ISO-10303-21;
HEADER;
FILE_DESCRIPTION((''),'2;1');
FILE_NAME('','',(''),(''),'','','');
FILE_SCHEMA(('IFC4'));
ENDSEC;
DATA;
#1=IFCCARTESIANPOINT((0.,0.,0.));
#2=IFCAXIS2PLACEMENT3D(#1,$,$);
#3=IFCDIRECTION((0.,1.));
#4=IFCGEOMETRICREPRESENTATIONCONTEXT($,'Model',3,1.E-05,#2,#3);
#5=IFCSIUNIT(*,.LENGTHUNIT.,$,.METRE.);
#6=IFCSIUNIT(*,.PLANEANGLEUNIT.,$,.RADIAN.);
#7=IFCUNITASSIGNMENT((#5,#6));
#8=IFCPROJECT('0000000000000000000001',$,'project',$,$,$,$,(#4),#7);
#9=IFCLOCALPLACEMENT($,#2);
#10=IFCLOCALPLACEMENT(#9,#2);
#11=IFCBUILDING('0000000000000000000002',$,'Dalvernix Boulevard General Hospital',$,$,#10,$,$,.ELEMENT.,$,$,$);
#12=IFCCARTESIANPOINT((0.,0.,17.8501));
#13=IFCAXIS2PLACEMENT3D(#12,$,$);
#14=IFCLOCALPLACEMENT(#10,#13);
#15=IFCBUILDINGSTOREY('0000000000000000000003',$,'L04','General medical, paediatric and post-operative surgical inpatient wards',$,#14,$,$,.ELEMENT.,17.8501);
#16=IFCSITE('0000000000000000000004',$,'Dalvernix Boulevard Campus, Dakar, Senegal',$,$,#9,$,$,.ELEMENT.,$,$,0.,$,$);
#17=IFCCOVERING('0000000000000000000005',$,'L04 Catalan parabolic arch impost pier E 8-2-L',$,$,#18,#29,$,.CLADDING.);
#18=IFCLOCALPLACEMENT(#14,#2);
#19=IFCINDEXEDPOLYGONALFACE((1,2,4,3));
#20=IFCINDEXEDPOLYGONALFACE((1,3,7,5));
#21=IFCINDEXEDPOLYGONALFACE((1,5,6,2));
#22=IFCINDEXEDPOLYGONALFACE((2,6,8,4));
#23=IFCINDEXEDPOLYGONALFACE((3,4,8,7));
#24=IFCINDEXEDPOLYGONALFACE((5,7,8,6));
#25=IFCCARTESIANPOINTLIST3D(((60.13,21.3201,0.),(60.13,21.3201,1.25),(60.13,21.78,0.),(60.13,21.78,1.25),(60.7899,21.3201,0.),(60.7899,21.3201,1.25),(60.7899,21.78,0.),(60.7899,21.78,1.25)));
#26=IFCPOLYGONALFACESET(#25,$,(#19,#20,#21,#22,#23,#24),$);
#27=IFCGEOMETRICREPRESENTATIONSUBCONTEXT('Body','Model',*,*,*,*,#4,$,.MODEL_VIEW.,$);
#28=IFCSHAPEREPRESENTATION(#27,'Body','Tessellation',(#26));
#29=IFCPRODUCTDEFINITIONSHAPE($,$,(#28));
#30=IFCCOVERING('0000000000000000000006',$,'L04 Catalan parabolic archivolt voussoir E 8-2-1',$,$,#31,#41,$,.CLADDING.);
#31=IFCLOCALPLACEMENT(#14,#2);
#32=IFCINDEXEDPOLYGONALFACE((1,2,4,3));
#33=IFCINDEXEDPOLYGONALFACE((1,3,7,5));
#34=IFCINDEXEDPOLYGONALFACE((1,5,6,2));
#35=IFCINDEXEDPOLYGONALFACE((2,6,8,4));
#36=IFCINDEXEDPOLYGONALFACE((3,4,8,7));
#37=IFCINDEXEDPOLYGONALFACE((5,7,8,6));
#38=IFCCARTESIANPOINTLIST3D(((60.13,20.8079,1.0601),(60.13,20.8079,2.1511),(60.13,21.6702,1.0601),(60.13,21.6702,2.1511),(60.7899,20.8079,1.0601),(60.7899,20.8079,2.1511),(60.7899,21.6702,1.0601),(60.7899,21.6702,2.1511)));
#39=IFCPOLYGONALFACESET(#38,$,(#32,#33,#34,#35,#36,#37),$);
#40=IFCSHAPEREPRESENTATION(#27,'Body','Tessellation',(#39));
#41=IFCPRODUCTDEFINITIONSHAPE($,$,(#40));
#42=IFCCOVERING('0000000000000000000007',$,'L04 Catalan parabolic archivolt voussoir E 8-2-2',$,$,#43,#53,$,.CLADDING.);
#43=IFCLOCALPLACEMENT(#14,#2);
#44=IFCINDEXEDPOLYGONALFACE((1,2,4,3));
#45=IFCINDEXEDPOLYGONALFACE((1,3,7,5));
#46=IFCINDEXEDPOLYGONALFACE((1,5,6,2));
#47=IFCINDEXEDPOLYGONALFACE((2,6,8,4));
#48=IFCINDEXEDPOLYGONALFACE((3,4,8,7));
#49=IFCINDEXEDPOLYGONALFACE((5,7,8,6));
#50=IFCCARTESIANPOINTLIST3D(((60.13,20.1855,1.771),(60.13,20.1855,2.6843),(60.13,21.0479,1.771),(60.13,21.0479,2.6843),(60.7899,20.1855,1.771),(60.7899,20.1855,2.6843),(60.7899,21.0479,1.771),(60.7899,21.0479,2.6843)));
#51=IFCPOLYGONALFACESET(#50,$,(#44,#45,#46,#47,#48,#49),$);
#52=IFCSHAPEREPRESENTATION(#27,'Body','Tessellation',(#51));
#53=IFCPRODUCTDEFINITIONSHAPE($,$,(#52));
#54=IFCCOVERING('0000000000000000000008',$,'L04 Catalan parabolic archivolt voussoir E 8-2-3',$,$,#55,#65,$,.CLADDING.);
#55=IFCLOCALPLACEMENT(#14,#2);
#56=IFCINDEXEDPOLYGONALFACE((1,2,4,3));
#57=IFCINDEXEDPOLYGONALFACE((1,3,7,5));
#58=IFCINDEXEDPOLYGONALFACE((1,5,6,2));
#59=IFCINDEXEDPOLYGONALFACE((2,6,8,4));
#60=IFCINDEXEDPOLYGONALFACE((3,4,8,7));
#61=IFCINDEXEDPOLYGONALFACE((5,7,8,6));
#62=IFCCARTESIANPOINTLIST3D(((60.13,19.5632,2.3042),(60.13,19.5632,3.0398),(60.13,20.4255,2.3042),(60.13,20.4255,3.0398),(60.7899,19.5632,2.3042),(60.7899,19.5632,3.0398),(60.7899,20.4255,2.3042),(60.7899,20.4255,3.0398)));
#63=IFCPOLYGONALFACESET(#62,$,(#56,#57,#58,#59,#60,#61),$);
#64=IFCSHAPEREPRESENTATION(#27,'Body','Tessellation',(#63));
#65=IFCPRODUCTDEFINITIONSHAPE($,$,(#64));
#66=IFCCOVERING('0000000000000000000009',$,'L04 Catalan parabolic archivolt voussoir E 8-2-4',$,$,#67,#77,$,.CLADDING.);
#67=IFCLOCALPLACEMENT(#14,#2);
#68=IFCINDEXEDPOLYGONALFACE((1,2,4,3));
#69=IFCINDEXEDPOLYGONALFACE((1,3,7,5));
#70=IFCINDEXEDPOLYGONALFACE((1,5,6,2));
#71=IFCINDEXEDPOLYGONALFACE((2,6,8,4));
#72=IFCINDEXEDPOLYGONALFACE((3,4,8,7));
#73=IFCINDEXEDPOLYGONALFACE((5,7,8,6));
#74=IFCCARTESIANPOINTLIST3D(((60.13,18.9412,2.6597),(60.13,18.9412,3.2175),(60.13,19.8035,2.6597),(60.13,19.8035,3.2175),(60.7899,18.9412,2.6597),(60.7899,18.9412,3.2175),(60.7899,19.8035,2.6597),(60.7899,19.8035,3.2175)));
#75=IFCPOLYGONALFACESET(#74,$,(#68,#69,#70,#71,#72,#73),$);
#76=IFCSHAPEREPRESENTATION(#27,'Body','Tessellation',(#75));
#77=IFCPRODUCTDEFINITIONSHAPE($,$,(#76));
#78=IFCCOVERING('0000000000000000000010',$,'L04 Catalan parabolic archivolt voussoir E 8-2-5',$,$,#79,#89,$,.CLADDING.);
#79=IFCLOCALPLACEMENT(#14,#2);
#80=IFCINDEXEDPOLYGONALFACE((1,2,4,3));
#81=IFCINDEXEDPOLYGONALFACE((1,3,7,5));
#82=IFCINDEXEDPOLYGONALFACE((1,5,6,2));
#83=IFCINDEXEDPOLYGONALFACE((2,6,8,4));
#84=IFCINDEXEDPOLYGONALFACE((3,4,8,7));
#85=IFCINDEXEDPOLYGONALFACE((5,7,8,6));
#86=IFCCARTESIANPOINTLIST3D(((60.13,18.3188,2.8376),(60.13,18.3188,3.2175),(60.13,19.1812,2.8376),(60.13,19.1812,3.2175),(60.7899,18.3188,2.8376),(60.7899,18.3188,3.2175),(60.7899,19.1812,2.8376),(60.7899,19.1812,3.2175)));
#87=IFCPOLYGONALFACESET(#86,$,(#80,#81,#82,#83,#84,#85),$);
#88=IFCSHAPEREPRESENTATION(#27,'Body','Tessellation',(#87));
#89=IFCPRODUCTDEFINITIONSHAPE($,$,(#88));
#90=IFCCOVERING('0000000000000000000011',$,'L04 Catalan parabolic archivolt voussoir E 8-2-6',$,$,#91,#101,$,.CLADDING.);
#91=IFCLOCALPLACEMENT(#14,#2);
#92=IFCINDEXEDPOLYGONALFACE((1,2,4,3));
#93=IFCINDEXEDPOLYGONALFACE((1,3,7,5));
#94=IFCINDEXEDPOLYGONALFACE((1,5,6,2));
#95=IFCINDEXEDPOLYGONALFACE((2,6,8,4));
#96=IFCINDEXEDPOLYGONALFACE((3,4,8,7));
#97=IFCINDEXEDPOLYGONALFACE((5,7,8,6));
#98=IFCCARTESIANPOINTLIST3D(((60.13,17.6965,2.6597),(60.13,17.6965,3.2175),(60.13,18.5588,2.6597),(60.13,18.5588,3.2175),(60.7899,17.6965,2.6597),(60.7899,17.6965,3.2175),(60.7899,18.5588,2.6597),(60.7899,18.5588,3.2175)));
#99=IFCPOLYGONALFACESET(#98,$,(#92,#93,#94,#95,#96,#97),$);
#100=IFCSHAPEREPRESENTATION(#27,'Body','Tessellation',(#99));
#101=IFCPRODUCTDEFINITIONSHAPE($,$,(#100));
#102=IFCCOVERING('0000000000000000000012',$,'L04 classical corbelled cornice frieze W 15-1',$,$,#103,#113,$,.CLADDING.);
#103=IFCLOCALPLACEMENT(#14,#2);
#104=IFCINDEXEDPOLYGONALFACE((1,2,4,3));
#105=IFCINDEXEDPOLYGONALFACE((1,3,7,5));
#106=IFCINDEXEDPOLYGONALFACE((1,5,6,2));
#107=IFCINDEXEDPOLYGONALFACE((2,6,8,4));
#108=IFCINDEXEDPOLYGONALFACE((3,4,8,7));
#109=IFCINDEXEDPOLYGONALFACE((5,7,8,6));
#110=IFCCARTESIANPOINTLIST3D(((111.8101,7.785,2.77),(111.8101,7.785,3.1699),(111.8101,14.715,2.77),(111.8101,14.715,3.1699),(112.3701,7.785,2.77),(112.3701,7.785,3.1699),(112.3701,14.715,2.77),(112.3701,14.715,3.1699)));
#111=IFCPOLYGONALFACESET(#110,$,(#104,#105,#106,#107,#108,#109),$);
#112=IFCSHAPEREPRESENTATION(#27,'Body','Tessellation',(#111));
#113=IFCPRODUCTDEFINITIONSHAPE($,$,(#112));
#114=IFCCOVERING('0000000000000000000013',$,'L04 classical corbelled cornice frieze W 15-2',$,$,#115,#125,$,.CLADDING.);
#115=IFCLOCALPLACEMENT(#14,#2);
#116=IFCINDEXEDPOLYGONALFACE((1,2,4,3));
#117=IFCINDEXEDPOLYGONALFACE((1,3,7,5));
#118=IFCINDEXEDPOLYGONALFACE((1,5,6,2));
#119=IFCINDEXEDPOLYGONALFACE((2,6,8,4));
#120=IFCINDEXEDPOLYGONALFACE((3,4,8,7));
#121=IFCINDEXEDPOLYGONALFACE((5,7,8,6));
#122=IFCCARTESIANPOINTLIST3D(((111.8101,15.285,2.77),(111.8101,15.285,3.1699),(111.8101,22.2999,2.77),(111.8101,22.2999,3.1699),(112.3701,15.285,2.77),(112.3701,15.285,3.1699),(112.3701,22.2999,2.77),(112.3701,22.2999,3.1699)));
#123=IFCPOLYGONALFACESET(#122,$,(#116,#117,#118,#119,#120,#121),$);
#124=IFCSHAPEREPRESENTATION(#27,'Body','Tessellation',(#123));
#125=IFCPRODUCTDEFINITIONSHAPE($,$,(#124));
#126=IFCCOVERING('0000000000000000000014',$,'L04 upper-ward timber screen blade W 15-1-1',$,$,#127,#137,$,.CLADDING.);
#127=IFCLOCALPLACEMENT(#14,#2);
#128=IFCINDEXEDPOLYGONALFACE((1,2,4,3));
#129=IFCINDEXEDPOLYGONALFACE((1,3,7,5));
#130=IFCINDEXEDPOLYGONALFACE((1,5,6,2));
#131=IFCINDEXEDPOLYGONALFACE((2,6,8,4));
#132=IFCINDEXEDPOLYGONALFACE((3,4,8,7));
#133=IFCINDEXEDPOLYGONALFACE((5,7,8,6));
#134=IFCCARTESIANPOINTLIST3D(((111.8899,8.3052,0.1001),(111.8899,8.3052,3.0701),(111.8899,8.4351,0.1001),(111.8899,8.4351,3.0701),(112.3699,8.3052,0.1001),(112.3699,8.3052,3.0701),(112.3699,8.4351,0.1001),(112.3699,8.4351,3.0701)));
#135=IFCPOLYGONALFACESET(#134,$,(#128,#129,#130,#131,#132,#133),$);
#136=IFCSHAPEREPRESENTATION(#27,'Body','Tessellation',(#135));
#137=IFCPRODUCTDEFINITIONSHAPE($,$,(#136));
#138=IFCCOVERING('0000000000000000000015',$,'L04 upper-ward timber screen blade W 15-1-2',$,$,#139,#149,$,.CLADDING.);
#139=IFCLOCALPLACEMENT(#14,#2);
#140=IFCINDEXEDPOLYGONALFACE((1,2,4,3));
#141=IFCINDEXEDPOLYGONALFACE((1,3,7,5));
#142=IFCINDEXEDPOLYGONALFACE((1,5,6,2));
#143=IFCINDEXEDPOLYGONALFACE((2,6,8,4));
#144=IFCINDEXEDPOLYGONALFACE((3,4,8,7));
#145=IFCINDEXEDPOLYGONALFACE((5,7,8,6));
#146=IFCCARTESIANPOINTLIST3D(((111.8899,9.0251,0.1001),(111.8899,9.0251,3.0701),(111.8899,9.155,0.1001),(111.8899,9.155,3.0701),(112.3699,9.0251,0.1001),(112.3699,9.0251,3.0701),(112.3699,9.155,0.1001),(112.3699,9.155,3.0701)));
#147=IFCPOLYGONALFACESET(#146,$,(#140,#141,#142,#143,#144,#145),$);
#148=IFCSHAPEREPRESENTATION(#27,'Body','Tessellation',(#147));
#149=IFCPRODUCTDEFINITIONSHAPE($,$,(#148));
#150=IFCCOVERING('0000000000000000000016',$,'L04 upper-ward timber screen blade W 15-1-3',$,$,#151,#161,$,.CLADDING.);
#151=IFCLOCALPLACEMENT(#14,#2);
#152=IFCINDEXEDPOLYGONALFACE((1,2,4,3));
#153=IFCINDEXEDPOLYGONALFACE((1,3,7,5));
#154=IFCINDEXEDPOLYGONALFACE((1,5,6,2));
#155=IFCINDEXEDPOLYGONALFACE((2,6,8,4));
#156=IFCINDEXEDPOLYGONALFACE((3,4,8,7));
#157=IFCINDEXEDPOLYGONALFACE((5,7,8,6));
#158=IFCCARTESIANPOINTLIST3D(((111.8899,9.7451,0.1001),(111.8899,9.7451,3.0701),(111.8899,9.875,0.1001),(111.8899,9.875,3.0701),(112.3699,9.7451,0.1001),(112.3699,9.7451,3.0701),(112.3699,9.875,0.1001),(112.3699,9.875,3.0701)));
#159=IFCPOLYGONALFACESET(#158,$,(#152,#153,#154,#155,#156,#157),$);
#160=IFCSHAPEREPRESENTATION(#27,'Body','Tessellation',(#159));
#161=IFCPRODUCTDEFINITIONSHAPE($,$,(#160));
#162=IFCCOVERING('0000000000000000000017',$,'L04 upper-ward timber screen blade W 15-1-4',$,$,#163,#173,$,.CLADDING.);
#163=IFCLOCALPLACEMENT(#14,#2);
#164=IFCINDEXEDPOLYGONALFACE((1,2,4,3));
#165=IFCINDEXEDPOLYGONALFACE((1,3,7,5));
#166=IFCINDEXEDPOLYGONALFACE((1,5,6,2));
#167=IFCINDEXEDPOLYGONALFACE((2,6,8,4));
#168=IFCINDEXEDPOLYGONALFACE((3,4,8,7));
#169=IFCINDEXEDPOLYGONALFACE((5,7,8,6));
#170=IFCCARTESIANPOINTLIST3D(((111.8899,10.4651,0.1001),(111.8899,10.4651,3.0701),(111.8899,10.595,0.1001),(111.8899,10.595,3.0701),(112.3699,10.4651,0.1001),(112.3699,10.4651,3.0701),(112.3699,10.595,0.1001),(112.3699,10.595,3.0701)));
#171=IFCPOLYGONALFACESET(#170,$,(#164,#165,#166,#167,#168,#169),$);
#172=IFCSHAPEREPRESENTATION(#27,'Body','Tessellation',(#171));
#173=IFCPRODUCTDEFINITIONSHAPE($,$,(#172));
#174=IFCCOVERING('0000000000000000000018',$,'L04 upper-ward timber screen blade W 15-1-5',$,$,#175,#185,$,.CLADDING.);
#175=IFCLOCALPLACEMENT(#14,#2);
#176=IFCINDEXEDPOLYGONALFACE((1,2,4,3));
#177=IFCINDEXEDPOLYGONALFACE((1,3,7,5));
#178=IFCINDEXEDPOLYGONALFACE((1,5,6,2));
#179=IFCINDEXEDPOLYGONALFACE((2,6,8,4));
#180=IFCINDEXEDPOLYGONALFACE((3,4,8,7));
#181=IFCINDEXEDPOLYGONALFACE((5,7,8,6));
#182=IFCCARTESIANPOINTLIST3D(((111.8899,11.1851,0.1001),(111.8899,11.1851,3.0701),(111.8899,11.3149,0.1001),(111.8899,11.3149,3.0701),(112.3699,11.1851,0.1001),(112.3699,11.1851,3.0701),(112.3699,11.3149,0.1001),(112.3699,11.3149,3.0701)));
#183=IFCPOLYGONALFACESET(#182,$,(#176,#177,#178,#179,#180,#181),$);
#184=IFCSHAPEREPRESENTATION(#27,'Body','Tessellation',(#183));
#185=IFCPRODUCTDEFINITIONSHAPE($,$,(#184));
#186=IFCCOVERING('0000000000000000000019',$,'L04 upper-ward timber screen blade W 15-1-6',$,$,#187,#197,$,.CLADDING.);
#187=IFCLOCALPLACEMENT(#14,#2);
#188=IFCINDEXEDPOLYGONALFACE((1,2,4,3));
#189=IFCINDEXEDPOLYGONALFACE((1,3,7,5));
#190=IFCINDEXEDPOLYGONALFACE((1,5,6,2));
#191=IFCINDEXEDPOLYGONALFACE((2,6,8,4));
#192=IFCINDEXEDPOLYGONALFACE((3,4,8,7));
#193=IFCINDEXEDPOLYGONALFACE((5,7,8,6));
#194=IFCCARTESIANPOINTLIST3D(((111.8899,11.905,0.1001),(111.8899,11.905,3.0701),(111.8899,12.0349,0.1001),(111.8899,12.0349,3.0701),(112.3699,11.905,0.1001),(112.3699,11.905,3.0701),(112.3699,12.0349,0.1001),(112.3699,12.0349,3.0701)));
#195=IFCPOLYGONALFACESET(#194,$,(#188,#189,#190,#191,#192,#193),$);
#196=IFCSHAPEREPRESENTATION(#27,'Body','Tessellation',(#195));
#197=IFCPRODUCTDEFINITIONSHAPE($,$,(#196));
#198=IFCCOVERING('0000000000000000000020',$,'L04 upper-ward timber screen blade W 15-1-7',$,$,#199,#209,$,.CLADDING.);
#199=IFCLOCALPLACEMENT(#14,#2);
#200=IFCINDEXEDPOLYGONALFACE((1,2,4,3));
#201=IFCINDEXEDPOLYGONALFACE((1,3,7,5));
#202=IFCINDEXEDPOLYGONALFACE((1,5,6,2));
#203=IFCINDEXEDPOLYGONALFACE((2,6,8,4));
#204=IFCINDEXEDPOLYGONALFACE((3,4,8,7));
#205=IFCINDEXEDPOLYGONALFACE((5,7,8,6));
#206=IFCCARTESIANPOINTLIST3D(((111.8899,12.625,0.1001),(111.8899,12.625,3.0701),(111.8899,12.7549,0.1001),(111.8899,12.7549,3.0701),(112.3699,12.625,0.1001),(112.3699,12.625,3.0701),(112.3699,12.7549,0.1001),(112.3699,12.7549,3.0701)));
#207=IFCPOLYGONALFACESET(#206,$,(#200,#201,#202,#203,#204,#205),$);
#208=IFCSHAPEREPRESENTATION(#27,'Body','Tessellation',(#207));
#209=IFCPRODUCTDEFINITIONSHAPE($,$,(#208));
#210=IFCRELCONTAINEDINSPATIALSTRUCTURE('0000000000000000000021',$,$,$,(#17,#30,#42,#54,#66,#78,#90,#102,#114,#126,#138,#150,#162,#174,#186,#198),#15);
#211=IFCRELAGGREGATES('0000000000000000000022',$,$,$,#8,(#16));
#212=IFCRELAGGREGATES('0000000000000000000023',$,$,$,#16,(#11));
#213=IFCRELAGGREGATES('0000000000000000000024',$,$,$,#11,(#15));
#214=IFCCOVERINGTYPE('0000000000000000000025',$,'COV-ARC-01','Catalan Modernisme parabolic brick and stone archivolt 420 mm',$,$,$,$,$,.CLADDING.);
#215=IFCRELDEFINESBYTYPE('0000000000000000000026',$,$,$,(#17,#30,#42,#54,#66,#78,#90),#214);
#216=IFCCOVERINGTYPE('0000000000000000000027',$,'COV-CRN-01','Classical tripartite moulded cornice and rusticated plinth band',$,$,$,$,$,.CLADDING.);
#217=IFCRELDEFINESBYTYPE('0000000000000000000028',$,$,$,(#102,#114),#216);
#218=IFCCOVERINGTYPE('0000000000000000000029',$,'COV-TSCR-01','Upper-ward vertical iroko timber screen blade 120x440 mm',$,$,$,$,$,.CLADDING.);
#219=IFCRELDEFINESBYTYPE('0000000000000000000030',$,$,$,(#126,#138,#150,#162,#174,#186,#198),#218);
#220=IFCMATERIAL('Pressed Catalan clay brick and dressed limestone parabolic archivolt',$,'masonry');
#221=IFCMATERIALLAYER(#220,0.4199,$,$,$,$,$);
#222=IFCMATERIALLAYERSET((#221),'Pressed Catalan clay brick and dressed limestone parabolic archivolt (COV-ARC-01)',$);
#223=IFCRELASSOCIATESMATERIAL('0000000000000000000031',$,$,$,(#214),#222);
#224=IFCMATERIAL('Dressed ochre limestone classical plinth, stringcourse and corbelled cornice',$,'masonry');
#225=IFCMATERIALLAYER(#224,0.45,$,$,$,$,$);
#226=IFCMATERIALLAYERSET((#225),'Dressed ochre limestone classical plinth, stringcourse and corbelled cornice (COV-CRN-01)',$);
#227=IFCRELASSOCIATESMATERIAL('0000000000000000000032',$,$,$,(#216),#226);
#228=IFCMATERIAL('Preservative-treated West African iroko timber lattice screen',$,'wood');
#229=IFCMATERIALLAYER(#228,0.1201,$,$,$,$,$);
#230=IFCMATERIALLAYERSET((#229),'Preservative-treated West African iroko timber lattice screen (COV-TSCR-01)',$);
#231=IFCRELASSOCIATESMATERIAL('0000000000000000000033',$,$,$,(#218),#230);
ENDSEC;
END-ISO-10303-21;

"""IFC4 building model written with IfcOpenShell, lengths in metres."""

from ifc_helpers import new_model, si_unit, direction, frame, origin, origin_2d, place, context, subcontext, project, spatial, rectangle, extrude, material, layer, layer_set, type_object, element, save


model = new_model("IFC4")

# Units and contexts
model_context = context("Model", 3, precision=1e-05, world=origin(), true_north=direction((0.0, 1.0)))
body_context = subcontext(model_context, "Body", "Model", "MODEL_VIEW")
ifc_project = project(units=[si_unit("LENGTHUNIT", "METRE"), si_unit("PLANEANGLEUNIT", "RADIAN")], contexts=[model_context])

# Site, building, storey
site_placement = place(None, origin())
site = spatial("IfcSite", under=ifc_project, at=site_placement, Name="Dalvernix Boulevard Campus, Dakar, Senegal", CompositionType="ELEMENT", RefElevation=0.0)
building_placement = place(site_placement, origin())
building = spatial("IfcBuilding", under=site, at=building_placement, Name="Dalvernix Boulevard General Hospital", CompositionType="ELEMENT")
storey_placement = place(building_placement, frame((0.0, 0.0, 17.8501)))
storey = spatial("IfcBuildingStorey", under=building, at=storey_placement, Name="L04", Description="General medical, paediatric and post-operative surgical inpatient wards", CompositionType="ELEMENT", Elevation=17.8501)

# Coverings
ifc_material_1 = material(Name="Pressed Catalan clay brick and dressed limestone parabolic archivolt", Category="masonry")
ifc_layer_1 = layer(ifc_material_1, 0.4199)
ifc_layer_set_1 = layer_set([ifc_layer_1], Name="Pressed Catalan clay brick and dressed limestone parabolic archivolt (COV-ARC-01)")
covering_type_1 = type_object("IfcCoveringType", Name="COV-ARC-01", Description="Catalan Modernisme parabolic brick and stone archivolt 420 mm", PredefinedType="CLADDING", material=ifc_layer_set_1)
covering_1_placement = place(storey_placement, frame((60.46, 21.55, 0.0), z_axis=(0.0, 0.0, 1.0), x_axis=(0.0, -1.0, 0.0)))
element("IfcCovering", 1, at=covering_1_placement, inside=storey, type_object=covering_type_1, Name="L04 Catalan parabolic arch impost pier E 8-2-L", PredefinedType="CLADDING", context=body_context, shape_type="SweptSolid", body=[
    extrude(rectangle(XDim=0.46, YDim=0.6599, at=origin_2d()), origin(), (0.0, 0.0, 1.0), 1.25),
])
covering_2_placement = place(storey_placement, frame((60.46, 21.239, 1.0601), z_axis=(0.0, 0.0, 1.0), x_axis=(0.0, -1.0, 0.0)))
element("IfcCovering", 2, at=covering_2_placement, inside=storey, type_object=covering_type_1, Name="L04 Catalan parabolic archivolt voussoir E 8-2-1", PredefinedType="CLADDING", context=body_context, shape_type="SweptSolid", body=[
    extrude(rectangle(XDim=0.8623, YDim=0.6599, at=origin_2d()), origin(), (0.0, 0.0, 1.0), 1.0911),
])
covering_3_placement = place(storey_placement, frame((60.46, 20.6167, 1.771), z_axis=(0.0, 0.0, 1.0), x_axis=(0.0, -1.0, 0.0)))
element("IfcCovering", 3, at=covering_3_placement, inside=storey, type_object=covering_type_1, Name="L04 Catalan parabolic archivolt voussoir E 8-2-2", PredefinedType="CLADDING", context=body_context, shape_type="SweptSolid", body=[
    extrude(rectangle(XDim=0.8623, YDim=0.6599, at=origin_2d()), origin(), (0.0, 0.0, 1.0), 0.9133),
])
covering_4_placement = place(storey_placement, frame((60.46, 19.9944, 2.3042), z_axis=(0.0, 0.0, 1.0), x_axis=(0.0, -1.0, 0.0)))
element("IfcCovering", 4, at=covering_4_placement, inside=storey, type_object=covering_type_1, Name="L04 Catalan parabolic archivolt voussoir E 8-2-3", PredefinedType="CLADDING", context=body_context, shape_type="SweptSolid", body=[
    extrude(rectangle(XDim=0.8623, YDim=0.6599, at=origin_2d()), origin(), (0.0, 0.0, 1.0), 0.7356),
])
covering_5_placement = place(storey_placement, frame((60.46, 19.3723, 2.6597), z_axis=(0.0, 0.0, 1.0), x_axis=(0.0, -1.0, 0.0)))
element("IfcCovering", 5, at=covering_5_placement, inside=storey, type_object=covering_type_1, Name="L04 Catalan parabolic archivolt voussoir E 8-2-4", PredefinedType="CLADDING", context=body_context, shape_type="SweptSolid", body=[
    extrude(rectangle(XDim=0.8623, YDim=0.6599, at=origin_2d()), origin(), (0.0, 0.0, 1.0), 0.5579),
])
covering_6_placement = place(storey_placement, frame((60.46, 18.75, 2.8376), z_axis=(0.0, 0.0, 1.0), x_axis=(0.0, -1.0, 0.0)))
element("IfcCovering", 6, at=covering_6_placement, inside=storey, type_object=covering_type_1, Name="L04 Catalan parabolic archivolt voussoir E 8-2-5", PredefinedType="CLADDING", context=body_context, shape_type="SweptSolid", body=[
    extrude(rectangle(XDim=0.8623, YDim=0.6599, at=origin_2d()), origin(), (0.0, 0.0, 1.0), 0.3799),
])
covering_7_placement = place(storey_placement, frame((60.46, 18.1277, 2.6597), z_axis=(0.0, 0.0, 1.0), x_axis=(0.0, -1.0, 0.0)))
element("IfcCovering", 7, at=covering_7_placement, inside=storey, type_object=covering_type_1, Name="L04 Catalan parabolic archivolt voussoir E 8-2-6", PredefinedType="CLADDING", context=body_context, shape_type="SweptSolid", body=[
    extrude(rectangle(XDim=0.8623, YDim=0.6599, at=origin_2d()), origin(), (0.0, 0.0, 1.0), 0.5579),
])
ifc_material_2 = material(Name="Dressed ochre limestone classical plinth, stringcourse and corbelled cornice", Category="masonry")
ifc_layer_2 = layer(ifc_material_2, 0.45)
ifc_layer_set_2 = layer_set([ifc_layer_2], Name="Dressed ochre limestone classical plinth, stringcourse and corbelled cornice (COV-CRN-01)")
covering_type_2 = type_object("IfcCoveringType", Name="COV-CRN-01", Description="Classical tripartite moulded cornice and rusticated plinth band", PredefinedType="CLADDING", material=ifc_layer_set_2)
covering_8_placement = place(storey_placement, frame((112.0901, 11.25, 2.77), z_axis=(0.0, 0.0, 1.0), x_axis=(0.0, 1.0, 0.0)))
element("IfcCovering", 8, at=covering_8_placement, inside=storey, type_object=covering_type_2, Name="L04 classical corbelled cornice frieze W 15-1", PredefinedType="CLADDING", context=body_context, shape_type="SweptSolid", body=[
    extrude(rectangle(XDim=6.9299, YDim=0.5601, at=origin_2d()), origin(), (0.0, 0.0, 1.0), 0.3999),
])
covering_9_placement = place(storey_placement, frame((112.0901, 18.7925, 2.77), z_axis=(0.0, 0.0, 1.0), x_axis=(0.0, 1.0, 0.0)))
element("IfcCovering", 9, at=covering_9_placement, inside=storey, type_object=covering_type_2, Name="L04 classical corbelled cornice frieze W 15-2", PredefinedType="CLADDING", context=body_context, shape_type="SweptSolid", body=[
    extrude(rectangle(XDim=7.0149, YDim=0.5601, at=origin_2d()), origin(), (0.0, 0.0, 1.0), 0.3999),
])
ifc_material_3 = material(Name="Preservative-treated West African iroko timber lattice screen", Category="wood")
ifc_layer_3 = layer(ifc_material_3, 0.1201)
ifc_layer_set_3 = layer_set([ifc_layer_3], Name="Preservative-treated West African iroko timber lattice screen (COV-TSCR-01)")
covering_type_3 = type_object("IfcCoveringType", Name="COV-TSCR-01", Description="Upper-ward vertical iroko timber screen blade 120x440 mm", PredefinedType="CLADDING", material=ifc_layer_set_3)
for number, where, z_axis, x_axis, name in (
    (10, (112.1299, 8.3701, 0.1001), (0.0, 0.0, 1.0), (0.0, 1.0, 0.0), "L04 upper-ward timber screen blade W 15-1-1"),
    (11, (112.1299, 9.0901, 0.1001), (0.0, 0.0, 1.0), (0.0, 1.0, 0.0), "L04 upper-ward timber screen blade W 15-1-2"),
    (12, (112.1299, 9.8101, 0.1001), (0.0, 0.0, 1.0), (0.0, 1.0, 0.0), "L04 upper-ward timber screen blade W 15-1-3"),
    (13, (112.1299, 10.53, 0.1001), (0.0, 0.0, 1.0), (0.0, 1.0, 0.0), "L04 upper-ward timber screen blade W 15-1-4"),
    (14, (112.1299, 11.25, 0.1001), (0.0, 0.0, 1.0), (0.0, 1.0, 0.0), "L04 upper-ward timber screen blade W 15-1-5"),
    (15, (112.1299, 11.97, 0.1001), (0.0, 0.0, 1.0), (0.0, 1.0, 0.0), "L04 upper-ward timber screen blade W 15-1-6"),
    (16, (112.1299, 12.6899, 0.1001), (0.0, 0.0, 1.0), (0.0, 1.0, 0.0), "L04 upper-ward timber screen blade W 15-1-7"),
):
    element("IfcCovering", number, at=place(storey_placement, frame(where, z_axis=z_axis, x_axis=x_axis)), inside=storey, type_object=covering_type_3, Name=name, PredefinedType="CLADDING", context=body_context, shape_type="SweptSolid", body=[
        extrude(rectangle(XDim=0.1299, YDim=0.48, at=origin_2d()), origin(), (0.0, 0.0, 1.0), 2.97),
    ])

save(model, "model.ifc")
